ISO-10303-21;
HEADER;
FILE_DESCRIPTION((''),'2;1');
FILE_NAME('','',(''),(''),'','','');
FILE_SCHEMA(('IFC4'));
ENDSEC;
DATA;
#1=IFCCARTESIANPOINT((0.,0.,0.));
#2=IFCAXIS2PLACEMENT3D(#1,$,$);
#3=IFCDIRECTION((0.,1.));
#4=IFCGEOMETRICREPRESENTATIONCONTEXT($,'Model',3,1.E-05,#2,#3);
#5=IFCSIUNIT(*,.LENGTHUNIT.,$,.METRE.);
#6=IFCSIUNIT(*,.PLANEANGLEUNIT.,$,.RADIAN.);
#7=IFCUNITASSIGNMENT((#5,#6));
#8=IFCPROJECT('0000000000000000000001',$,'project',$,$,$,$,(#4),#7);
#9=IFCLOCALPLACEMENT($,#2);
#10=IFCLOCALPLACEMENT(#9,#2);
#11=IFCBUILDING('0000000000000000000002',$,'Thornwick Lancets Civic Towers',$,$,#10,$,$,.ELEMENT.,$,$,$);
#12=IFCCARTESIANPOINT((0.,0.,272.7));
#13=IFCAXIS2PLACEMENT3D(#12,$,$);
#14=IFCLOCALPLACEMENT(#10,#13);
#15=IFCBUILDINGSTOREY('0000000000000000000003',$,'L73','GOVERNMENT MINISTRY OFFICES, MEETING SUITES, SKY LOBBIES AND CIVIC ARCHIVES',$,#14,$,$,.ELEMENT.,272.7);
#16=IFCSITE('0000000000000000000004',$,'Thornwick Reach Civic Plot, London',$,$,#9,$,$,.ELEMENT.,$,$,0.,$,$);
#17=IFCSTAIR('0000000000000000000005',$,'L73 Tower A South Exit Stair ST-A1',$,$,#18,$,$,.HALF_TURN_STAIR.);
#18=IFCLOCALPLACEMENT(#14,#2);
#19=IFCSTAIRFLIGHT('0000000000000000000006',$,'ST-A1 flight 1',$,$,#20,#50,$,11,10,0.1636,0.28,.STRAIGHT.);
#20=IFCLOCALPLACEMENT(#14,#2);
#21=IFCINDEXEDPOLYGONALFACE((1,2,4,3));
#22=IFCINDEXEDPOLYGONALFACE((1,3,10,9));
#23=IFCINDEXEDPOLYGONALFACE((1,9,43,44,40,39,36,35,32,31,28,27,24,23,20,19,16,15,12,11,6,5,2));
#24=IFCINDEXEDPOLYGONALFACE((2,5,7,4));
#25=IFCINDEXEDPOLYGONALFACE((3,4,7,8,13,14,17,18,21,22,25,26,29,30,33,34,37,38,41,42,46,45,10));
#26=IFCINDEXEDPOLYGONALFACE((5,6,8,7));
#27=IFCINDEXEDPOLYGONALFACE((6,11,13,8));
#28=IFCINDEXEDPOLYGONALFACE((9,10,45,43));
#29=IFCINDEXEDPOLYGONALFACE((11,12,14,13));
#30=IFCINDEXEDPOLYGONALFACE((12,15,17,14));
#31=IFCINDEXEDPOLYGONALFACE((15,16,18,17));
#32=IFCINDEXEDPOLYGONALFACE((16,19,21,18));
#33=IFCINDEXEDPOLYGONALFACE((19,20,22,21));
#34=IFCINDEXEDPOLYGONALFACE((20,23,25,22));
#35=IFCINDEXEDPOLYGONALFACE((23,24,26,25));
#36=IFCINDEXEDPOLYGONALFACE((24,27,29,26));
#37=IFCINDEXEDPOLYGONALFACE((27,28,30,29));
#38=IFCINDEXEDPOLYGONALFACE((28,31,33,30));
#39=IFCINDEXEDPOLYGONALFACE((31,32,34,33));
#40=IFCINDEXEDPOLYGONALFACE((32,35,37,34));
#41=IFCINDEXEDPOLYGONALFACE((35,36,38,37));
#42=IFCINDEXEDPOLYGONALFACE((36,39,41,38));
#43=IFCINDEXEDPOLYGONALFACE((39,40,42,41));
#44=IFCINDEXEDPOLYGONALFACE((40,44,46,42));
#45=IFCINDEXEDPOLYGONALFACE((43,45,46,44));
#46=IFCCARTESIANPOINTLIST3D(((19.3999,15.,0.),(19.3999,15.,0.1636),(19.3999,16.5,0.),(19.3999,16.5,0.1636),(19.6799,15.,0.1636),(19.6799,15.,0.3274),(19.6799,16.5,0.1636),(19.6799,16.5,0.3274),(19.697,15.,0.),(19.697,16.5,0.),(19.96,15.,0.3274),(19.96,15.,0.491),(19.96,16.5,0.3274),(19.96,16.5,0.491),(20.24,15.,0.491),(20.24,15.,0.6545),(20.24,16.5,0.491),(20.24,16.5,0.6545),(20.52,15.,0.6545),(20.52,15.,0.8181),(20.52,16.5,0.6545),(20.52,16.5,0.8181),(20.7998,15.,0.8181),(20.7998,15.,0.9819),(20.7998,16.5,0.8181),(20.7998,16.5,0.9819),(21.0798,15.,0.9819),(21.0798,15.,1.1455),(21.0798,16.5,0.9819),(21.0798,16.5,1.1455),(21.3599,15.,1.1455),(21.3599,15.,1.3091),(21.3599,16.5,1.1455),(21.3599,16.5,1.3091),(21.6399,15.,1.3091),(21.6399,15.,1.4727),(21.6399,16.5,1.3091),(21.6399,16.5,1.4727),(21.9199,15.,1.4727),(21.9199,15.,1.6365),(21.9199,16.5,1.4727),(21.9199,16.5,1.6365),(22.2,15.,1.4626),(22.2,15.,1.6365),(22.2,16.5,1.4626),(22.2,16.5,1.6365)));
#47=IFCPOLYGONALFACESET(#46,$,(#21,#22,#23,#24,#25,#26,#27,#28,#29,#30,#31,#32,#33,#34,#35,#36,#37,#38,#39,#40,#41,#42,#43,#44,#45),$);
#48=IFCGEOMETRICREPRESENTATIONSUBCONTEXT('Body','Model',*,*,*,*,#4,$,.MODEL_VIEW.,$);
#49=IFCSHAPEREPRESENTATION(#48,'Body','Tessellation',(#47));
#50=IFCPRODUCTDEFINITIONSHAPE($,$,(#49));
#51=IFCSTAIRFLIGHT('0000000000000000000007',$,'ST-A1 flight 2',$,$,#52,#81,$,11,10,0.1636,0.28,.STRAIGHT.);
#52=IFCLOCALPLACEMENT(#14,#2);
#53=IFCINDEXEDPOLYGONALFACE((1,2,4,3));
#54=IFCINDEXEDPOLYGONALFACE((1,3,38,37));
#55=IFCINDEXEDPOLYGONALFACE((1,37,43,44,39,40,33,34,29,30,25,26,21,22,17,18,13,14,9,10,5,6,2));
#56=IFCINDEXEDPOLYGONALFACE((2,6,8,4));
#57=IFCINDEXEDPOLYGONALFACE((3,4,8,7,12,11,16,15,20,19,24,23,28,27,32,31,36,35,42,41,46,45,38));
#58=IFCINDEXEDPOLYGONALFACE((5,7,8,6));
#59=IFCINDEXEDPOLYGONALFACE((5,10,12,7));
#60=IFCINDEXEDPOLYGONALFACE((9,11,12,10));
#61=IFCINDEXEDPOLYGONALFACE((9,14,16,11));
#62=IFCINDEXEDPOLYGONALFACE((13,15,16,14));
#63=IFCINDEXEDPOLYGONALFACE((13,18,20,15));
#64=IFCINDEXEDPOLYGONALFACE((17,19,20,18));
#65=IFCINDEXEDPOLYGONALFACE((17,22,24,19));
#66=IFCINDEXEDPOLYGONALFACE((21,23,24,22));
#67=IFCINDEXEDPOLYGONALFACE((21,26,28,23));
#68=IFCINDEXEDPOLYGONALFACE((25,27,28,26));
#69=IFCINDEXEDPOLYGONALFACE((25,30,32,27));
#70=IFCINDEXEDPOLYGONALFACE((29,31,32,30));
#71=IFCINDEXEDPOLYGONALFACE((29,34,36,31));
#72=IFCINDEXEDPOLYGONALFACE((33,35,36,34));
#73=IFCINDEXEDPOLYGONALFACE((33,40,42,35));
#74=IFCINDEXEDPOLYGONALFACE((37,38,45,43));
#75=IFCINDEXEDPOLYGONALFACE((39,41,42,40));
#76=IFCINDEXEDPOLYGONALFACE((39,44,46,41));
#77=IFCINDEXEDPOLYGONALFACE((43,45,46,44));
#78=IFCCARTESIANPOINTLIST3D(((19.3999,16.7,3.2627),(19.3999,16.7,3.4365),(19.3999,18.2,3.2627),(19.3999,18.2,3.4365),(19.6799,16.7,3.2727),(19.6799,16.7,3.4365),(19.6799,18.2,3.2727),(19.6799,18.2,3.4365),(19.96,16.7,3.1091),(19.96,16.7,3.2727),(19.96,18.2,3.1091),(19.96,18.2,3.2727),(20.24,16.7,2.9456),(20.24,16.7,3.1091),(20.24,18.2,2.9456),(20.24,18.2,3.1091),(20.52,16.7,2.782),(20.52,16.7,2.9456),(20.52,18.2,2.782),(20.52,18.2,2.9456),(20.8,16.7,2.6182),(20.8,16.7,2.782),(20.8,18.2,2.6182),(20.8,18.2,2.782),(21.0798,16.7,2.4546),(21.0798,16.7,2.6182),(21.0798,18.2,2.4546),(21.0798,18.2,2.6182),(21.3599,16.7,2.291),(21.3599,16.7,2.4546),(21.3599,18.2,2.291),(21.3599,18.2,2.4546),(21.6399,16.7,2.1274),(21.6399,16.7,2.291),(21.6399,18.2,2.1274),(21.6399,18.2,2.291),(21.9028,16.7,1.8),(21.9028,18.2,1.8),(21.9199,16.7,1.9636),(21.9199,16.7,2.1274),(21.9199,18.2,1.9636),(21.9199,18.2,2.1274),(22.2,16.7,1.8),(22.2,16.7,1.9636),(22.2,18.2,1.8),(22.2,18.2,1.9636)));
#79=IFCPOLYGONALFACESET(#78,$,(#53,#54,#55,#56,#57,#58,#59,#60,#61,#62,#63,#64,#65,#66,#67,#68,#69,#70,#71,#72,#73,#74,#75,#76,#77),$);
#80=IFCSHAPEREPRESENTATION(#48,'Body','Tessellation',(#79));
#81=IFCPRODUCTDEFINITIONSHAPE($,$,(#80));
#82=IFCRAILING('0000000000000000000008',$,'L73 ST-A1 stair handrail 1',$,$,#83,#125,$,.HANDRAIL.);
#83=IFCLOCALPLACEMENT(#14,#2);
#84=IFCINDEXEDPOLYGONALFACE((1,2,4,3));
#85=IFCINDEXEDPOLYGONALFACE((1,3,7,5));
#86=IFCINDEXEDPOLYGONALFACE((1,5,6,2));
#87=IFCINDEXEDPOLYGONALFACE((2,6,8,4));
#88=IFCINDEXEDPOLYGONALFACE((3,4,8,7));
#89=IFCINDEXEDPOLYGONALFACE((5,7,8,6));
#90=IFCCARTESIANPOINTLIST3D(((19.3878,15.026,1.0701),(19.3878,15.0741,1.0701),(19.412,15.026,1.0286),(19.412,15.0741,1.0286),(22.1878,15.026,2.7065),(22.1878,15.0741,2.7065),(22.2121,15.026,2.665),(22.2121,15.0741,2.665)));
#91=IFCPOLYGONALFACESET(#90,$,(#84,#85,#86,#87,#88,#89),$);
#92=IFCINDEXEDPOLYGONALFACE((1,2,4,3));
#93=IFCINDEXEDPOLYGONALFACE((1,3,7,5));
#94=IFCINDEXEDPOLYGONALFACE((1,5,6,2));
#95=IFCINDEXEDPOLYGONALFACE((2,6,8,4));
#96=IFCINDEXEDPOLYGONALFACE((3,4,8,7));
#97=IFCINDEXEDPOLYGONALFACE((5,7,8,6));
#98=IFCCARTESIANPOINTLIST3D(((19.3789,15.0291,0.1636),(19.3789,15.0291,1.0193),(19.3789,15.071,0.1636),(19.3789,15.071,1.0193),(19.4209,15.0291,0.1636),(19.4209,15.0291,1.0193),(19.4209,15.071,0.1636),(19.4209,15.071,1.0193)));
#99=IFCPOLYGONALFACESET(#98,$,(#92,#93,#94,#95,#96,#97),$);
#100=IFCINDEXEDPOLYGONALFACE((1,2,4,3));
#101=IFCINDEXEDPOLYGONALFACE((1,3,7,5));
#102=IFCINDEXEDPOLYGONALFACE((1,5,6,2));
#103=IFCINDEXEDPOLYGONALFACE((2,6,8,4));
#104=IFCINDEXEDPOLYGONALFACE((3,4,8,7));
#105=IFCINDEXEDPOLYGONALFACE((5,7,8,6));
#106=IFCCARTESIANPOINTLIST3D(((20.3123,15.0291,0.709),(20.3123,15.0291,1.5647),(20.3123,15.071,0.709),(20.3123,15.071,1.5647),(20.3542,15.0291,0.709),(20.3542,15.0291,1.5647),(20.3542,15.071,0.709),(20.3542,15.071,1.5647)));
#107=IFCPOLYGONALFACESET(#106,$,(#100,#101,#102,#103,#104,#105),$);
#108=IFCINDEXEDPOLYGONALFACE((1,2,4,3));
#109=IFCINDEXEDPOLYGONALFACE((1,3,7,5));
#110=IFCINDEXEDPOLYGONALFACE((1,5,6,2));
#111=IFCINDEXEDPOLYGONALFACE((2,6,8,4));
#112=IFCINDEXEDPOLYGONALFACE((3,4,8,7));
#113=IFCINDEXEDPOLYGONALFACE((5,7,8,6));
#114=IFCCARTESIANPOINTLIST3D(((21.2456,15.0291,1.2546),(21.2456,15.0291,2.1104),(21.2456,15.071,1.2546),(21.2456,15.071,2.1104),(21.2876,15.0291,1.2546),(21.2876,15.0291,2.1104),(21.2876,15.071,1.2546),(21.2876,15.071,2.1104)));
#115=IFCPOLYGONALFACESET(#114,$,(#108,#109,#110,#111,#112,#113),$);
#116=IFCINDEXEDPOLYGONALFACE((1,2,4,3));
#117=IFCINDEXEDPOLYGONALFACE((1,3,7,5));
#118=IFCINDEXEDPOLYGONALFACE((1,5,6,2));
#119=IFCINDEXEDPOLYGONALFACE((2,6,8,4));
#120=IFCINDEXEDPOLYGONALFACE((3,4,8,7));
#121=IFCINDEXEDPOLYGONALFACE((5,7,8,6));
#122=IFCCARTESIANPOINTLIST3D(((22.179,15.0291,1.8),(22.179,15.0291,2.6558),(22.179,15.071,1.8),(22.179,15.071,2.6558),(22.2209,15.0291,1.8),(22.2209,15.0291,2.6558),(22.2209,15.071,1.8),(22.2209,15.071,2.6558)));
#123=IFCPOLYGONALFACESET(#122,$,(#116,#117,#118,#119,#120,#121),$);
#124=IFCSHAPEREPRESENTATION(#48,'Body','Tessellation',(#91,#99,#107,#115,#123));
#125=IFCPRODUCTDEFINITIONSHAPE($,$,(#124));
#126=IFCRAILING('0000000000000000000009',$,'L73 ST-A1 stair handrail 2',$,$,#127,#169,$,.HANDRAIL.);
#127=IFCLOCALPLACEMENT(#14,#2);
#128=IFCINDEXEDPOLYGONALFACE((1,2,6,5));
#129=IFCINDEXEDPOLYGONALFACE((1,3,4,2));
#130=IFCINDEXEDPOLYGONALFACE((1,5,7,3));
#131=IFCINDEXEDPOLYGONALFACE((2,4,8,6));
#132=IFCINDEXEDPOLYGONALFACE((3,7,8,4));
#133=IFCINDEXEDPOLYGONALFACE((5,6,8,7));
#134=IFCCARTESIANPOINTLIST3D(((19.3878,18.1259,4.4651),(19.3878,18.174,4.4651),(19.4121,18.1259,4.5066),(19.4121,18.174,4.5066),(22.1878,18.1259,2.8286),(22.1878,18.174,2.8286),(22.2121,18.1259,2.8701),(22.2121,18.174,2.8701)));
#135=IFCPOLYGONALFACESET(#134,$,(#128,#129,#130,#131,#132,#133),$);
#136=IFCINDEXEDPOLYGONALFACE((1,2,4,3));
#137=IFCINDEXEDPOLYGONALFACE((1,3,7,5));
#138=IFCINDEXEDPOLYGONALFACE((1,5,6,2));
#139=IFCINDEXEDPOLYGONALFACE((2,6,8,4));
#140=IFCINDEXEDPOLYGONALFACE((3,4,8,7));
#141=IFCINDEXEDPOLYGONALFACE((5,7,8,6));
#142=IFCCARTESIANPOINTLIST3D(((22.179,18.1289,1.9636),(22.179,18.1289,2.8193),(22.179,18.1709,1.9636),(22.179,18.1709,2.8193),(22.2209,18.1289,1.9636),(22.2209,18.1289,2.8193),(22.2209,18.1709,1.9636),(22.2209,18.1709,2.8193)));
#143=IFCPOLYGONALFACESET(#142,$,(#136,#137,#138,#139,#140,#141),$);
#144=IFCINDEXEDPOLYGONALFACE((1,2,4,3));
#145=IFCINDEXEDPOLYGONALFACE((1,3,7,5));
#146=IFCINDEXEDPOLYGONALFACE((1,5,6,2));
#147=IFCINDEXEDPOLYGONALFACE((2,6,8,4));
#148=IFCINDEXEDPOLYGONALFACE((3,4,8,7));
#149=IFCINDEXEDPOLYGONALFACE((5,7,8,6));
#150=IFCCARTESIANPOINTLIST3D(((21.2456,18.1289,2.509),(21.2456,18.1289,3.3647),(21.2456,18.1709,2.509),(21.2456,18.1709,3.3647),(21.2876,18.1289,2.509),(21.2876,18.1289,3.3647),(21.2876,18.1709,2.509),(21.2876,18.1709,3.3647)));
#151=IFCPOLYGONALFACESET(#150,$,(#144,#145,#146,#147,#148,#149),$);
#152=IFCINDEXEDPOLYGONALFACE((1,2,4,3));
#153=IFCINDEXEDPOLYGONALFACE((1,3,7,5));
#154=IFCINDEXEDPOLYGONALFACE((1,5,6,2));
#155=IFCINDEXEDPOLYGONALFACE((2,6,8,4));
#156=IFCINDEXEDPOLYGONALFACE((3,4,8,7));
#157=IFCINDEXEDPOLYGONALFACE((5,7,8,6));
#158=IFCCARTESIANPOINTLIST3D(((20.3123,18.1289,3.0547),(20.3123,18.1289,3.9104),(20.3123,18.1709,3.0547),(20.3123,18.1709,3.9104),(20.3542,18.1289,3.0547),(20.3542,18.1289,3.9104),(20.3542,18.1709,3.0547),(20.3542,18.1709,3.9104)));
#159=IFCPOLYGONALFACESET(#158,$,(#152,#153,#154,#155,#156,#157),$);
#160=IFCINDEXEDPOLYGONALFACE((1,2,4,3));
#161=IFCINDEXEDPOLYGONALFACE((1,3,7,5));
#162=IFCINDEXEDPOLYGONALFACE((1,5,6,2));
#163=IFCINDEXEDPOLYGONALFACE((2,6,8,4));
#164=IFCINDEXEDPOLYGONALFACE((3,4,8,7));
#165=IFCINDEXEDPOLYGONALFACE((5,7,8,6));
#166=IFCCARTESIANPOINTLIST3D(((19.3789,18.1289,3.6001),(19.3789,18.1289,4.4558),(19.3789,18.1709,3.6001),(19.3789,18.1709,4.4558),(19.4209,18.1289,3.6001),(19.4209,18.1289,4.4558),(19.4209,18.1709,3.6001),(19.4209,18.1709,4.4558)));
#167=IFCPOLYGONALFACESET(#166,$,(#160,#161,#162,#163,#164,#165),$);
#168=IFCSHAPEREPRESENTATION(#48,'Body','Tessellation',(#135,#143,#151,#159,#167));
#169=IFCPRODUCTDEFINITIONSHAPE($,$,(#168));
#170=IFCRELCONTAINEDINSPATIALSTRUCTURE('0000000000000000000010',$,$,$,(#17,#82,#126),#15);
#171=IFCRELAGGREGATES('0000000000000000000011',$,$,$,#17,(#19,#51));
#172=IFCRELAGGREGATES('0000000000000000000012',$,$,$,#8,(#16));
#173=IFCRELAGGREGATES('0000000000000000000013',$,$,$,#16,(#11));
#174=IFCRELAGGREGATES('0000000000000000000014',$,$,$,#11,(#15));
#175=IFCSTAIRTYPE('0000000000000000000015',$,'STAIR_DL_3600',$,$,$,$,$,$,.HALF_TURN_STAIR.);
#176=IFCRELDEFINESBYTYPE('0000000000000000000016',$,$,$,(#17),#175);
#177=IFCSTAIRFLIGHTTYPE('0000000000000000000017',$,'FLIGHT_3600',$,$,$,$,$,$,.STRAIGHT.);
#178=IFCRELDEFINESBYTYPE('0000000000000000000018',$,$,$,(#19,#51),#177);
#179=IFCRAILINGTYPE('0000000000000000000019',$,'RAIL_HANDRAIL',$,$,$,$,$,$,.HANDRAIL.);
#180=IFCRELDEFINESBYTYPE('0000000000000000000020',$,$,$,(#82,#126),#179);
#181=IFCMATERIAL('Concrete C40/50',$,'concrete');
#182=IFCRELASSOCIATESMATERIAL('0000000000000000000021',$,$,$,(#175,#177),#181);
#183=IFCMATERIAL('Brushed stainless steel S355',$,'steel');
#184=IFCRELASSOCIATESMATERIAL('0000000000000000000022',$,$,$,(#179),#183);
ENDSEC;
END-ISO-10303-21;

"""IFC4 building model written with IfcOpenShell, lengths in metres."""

from ifc_helpers import new_model, si_unit, direction, frame, origin, origin_2d, place, context, subcontext, project, spatial, polyline, rectangle, outline, extrude, material, type_object, element, aggregate, save


model = new_model("IFC4")

# Units and contexts
model_context = context("Model", 3, precision=1e-05, world=origin(), true_north=direction((0.0, 1.0)))
body_context = subcontext(model_context, "Body", "Model", "MODEL_VIEW")
ifc_project = project(units=[si_unit("LENGTHUNIT", "METRE"), si_unit("PLANEANGLEUNIT", "RADIAN")], contexts=[model_context])

# Site, building, storey
site_placement = place(None, origin())
site = spatial("IfcSite", under=ifc_project, at=site_placement, Name="Thornwick Reach Civic Plot, London", CompositionType="ELEMENT", RefElevation=0.0)
building_placement = place(site_placement, origin())
building = spatial("IfcBuilding", under=site, at=building_placement, Name="Thornwick Lancets Civic Towers", CompositionType="ELEMENT")
storey_placement = place(building_placement, frame((0.0, 0.0, 272.7)))
storey = spatial("IfcBuildingStorey", under=building, at=storey_placement, Name="L73", Description="GOVERNMENT MINISTRY OFFICES, MEETING SUITES, SKY LOBBIES AND CIVIC ARCHIVES", CompositionType="ELEMENT", Elevation=272.7)

# Shared definitions
ifc_material_1 = material(Name="Concrete C40/50", Category="concrete")

# Stair, stair flights
stair_type = type_object("IfcStairType", Name="STAIR_DL_3600", PredefinedType="HALF_TURN_STAIR", material=ifc_material_1)
stair_placement = place(storey_placement, origin())
stair = element("IfcStair", 1, at=stair_placement, inside=storey, type_object=stair_type, Name="L73 Tower A South Exit Stair ST-A1", PredefinedType="HALF_TURN_STAIR")
stair_flight_type = type_object("IfcStairFlightType", Name="FLIGHT_3600", PredefinedType="STRAIGHT", material=ifc_material_1)
stair_flight_1_placement = place(storey_placement, frame((19.3999, 15.75, 0.0), z_axis=(0.0, 0.0, 1.0), x_axis=(1.0, 0.0, 0.0)))
stair_flight_1 = element("IfcStairFlight", 2, at=stair_flight_1_placement, type_object=stair_flight_type, Name="ST-A1 flight 1", NumberOfRisers=11, NumberOfTreads=10, PredefinedType="STRAIGHT", RiserHeight=0.1636, TreadLength=0.28, context=body_context, shape_type="SweptSolid", body=[
    extrude(outline(polyline([(0.0, 0.0), (0.0, 0.1636), (0.28, 0.1636), (0.28, 0.3274), (0.5601, 0.3274), (0.5601, 0.491), (0.8401, 0.491), (0.8401, 0.6545), (1.1201, 0.6545), (1.1201, 0.8181), (1.3999, 0.8181), (1.3999, 0.9819), (1.6799, 0.9819), (1.6799, 1.1455), (1.96, 1.1455), (1.96, 1.3091), (2.24, 1.3091), (2.24, 1.4727), (2.52, 1.4727), (2.52, 1.6365), (2.8, 1.6365), (2.8, 1.8), (2.8, 1.4626), (0.2971, 0.0), (0.0, 0.0)])), frame((0.0, 0.75, 0.0), z_axis=(0.0, -1.0, 0.0), x_axis=(1.0, 0.0, 0.0)), (0.0, 0.0, 1.0), 1.5),
])
stair_flight_2_placement = place(storey_placement, frame((22.2, 17.45, 1.8), z_axis=(0.0, 0.0, 1.0), x_axis=(-1.0, 0.0, 0.0)))
stair_flight_2 = element("IfcStairFlight", 3, at=stair_flight_2_placement, type_object=stair_flight_type, Name="ST-A1 flight 2", NumberOfRisers=11, NumberOfTreads=10, PredefinedType="STRAIGHT", RiserHeight=0.1636, TreadLength=0.28, context=body_context, shape_type="SweptSolid", body=[
    extrude(outline(polyline([(0.0, 0.0), (0.0, 0.1636), (0.28, 0.1636), (0.28, 0.3274), (0.5601, 0.3274), (0.5601, 0.491), (0.8401, 0.491), (0.8401, 0.6545), (1.1201, 0.6545), (1.1201, 0.8181), (1.3999, 0.8181), (1.3999, 0.9819), (1.6799, 0.9819), (1.6799, 1.1455), (1.96, 1.1455), (1.96, 1.3091), (2.24, 1.3091), (2.24, 1.4727), (2.52, 1.4727), (2.52, 1.6365), (2.8, 1.6365), (2.8, 1.8), (2.8, 1.4626), (0.2971, 0.0), (0.0, 0.0)])), frame((0.0, 0.75, 0.0), z_axis=(0.0, -1.0, 0.0), x_axis=(1.0, 0.0, 0.0)), (0.0, 0.0, 1.0), 1.5),
])
aggregate(stair, [stair_flight_1, stair_flight_2])

# Railings
ifc_material_2 = material(Name="Brushed stainless steel S355", Category="steel")
railing_type_1 = type_object("IfcRailingType", Name="RAIL_HANDRAIL", PredefinedType="HANDRAIL", material=ifc_material_2)
railing_1_placement = place(storey_placement, frame((19.3999, 15.05, 0.1636)))
element("IfcRailing", 4, at=railing_1_placement, inside=storey, type_object=railing_type_1, Name="L73 ST-A1 stair handrail 1", PredefinedType="HANDRAIL", context=body_context, shape_type="SweptSolid", body=[
    extrude(rectangle(XDim=0.0481, YDim=0.0481, at=origin_2d()), frame((0.0, 0.0, 0.8857), z_axis=(0.863361, 0.0, 0.504587), x_axis=(0.0, 1.0, 0.0)), (0.0, 0.0, 1.0), 3.2432),
    extrude(rectangle(XDim=0.042, YDim=0.042, at=origin_2d()), origin(), (0.0, 0.0, 1.0), 0.8557),
    extrude(rectangle(XDim=0.042, YDim=0.042, at=origin_2d()), frame((0.9333, 0.0, 0.5454)), (0.0, 0.0, 1.0), 0.8557),
    extrude(rectangle(XDim=0.042, YDim=0.042, at=origin_2d()), frame((1.8667, 0.0, 1.0911)), (0.0, 0.0, 1.0), 0.8557),
    extrude(rectangle(XDim=0.042, YDim=0.042, at=origin_2d()), frame((2.8, 0.0, 1.6365)), (0.0, 0.0, 1.0), 0.8557),
])
railing_2_placement = place(storey_placement, frame((22.2, 18.1499, 1.9636)))
element("IfcRailing", 5, at=railing_2_placement, inside=storey, type_object=railing_type_1, Name="L73 ST-A1 stair handrail 2", PredefinedType="HANDRAIL", context=body_context, shape_type="SweptSolid", body=[
    extrude(rectangle(XDim=0.0481, YDim=0.0481, at=origin_2d()), frame((0.0, 0.0, 0.8857), z_axis=(-0.863361, 0.0, 0.504587), x_axis=(0.0, -1.0, 0.0)), (0.0, 0.0, 1.0), 3.2432),
    extrude(rectangle(XDim=0.042, YDim=0.042, at=origin_2d()), origin(), (0.0, 0.0, 1.0), 0.8557),
    extrude(rectangle(XDim=0.042, YDim=0.042, at=origin_2d()), frame((-0.9333, 0.0, 0.5454)), (0.0, 0.0, 1.0), 0.8557),
    extrude(rectangle(XDim=0.042, YDim=0.042, at=origin_2d()), frame((-1.8667, 0.0, 1.0911)), (0.0, 0.0, 1.0), 0.8557),
    extrude(rectangle(XDim=0.042, YDim=0.042, at=origin_2d()), frame((-2.8, 0.0, 1.6365)), (0.0, 0.0, 1.0), 0.8557),
])

save(model, "model.ifc")
